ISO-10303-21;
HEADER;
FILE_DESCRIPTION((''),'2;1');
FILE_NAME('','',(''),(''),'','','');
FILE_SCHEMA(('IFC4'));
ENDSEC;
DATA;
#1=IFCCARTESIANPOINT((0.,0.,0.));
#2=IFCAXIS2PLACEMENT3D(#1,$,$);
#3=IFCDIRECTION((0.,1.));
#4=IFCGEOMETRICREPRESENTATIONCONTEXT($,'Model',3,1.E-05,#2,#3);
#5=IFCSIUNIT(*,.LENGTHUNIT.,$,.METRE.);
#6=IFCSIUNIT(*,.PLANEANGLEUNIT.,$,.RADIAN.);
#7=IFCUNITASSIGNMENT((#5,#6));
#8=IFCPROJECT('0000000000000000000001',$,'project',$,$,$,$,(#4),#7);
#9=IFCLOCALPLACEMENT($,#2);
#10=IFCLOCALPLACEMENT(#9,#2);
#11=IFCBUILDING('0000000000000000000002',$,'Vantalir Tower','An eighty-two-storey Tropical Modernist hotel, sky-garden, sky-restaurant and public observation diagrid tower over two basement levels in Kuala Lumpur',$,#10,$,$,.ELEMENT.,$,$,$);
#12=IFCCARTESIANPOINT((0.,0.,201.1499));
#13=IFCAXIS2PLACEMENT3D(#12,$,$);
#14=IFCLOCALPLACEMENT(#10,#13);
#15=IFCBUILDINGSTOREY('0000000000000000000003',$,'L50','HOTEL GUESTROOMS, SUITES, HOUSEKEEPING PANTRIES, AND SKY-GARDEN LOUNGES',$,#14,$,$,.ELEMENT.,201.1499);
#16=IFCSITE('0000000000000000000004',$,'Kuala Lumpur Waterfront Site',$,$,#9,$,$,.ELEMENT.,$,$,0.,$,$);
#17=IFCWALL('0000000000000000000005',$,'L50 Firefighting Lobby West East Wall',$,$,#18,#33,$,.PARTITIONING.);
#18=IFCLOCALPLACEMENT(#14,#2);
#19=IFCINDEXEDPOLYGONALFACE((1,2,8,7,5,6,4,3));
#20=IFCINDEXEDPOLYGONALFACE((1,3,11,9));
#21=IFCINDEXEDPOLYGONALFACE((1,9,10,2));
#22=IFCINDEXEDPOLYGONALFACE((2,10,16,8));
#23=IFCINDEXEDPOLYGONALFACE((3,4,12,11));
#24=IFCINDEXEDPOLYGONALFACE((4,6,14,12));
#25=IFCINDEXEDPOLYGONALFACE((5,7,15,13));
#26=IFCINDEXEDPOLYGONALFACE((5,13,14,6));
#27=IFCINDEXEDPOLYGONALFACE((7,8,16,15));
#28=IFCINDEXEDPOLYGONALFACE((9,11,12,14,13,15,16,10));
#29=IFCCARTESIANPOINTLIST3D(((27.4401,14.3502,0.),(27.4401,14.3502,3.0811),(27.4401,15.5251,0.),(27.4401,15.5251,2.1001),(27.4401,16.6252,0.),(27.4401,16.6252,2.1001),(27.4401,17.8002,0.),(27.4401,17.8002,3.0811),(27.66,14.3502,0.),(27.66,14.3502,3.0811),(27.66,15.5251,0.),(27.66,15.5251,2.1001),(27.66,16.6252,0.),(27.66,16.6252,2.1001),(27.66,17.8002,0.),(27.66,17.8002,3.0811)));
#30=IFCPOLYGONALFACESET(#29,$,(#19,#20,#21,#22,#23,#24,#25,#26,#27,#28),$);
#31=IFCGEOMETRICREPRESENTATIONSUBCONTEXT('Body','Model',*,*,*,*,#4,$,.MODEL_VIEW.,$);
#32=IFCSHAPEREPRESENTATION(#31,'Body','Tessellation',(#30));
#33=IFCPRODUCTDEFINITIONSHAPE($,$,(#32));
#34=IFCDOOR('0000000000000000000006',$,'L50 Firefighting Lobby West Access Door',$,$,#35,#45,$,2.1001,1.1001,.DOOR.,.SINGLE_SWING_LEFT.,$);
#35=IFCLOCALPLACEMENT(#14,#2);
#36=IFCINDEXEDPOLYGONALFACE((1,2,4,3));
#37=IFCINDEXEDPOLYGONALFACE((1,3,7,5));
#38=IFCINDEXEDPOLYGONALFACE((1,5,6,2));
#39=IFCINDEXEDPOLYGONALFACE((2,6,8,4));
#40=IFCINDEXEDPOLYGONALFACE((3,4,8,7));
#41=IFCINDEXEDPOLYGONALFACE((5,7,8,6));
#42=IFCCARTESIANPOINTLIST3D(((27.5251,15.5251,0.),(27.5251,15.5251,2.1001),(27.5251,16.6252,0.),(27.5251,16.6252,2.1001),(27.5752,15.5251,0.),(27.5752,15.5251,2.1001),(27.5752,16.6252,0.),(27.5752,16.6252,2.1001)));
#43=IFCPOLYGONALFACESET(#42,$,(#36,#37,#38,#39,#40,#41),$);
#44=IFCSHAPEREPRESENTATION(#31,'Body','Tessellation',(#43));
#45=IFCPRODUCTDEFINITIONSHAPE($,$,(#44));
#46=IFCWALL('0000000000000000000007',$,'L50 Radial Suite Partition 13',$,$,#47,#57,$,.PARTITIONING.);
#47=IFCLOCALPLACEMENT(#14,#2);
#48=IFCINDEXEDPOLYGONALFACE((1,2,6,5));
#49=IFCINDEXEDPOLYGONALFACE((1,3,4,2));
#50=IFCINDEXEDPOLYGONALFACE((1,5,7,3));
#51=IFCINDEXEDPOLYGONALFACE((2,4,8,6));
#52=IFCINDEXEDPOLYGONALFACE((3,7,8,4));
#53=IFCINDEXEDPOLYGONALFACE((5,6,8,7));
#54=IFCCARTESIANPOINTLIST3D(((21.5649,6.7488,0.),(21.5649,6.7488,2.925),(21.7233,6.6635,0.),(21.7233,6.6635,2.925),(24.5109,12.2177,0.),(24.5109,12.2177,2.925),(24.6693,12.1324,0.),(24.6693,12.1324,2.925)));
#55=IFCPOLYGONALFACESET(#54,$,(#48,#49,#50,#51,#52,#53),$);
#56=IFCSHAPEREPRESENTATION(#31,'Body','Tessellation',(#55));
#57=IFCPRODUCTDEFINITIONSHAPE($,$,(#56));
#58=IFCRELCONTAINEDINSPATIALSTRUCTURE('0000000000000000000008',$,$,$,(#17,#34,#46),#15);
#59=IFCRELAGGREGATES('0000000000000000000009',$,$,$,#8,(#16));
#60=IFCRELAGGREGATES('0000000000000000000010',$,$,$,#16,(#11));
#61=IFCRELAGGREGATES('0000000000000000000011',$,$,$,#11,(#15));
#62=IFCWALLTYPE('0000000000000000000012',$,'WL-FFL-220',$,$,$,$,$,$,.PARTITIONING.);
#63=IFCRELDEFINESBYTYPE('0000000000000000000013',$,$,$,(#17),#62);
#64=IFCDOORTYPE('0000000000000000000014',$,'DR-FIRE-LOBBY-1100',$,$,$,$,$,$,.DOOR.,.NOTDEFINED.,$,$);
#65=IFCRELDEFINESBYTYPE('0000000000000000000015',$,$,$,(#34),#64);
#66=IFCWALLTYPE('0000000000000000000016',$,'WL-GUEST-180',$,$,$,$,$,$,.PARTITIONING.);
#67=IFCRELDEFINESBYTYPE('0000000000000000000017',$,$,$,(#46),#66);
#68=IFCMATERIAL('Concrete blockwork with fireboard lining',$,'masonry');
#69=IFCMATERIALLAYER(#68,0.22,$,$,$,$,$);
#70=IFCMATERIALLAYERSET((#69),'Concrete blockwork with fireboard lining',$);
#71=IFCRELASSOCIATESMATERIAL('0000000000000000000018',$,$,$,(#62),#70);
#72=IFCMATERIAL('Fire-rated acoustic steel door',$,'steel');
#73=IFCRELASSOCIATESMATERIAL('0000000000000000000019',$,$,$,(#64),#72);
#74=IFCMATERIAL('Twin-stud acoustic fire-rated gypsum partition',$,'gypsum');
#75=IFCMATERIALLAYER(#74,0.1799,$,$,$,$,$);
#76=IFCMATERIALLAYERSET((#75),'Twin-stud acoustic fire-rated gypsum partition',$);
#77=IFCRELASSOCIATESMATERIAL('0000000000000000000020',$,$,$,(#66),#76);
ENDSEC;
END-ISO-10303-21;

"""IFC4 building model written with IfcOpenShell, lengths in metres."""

from ifc_helpers import new_model, si_unit, direction, frame, frame_2d, origin, place, context, subcontext, project, spatial, rectangle, extrude, material, layer, layer_set, type_object, element, fill, save


model = new_model("IFC4")

# Units and contexts
model_context = context("Model", 3, precision=1e-05, world=origin(), true_north=direction((0.0, 1.0)))
body_context = subcontext(model_context, "Body", "Model", "MODEL_VIEW")
ifc_project = project(units=[si_unit("LENGTHUNIT", "METRE"), si_unit("PLANEANGLEUNIT", "RADIAN")], contexts=[model_context])

# Site, building, storey
site_placement = place(None, origin())
site = spatial("IfcSite", under=ifc_project, at=site_placement, Name="Kuala Lumpur Waterfront Site", CompositionType="ELEMENT", RefElevation=0.0)
building_placement = place(site_placement, origin())
building = spatial("IfcBuilding", under=site, at=building_placement, Name="Vantalir Tower", Description="An eighty-two-storey Tropical Modernist hotel, sky-garden, sky-restaurant and public observation diagrid tower over two basement levels in Kuala Lumpur", CompositionType="ELEMENT")
storey_placement = place(building_placement, frame((0.0, 0.0, 201.1499)))
storey = spatial("IfcBuildingStorey", under=building, at=storey_placement, Name="L50", Description="HOTEL GUESTROOMS, SUITES, HOUSEKEEPING PANTRIES, AND SKY-GARDEN LOUNGES", CompositionType="ELEMENT", Elevation=201.1499)

# Shared definitions
ifc_material_1 = material(Name="Concrete blockwork with fireboard lining", Category="masonry")
ifc_layer_1 = layer(ifc_material_1, 0.22)
ifc_layer_set_1 = layer_set([ifc_layer_1], Name="Concrete blockwork with fireboard lining")
wall_type_1 = type_object("IfcWallType", Name="WL-FFL-220", PredefinedType="PARTITIONING", material=ifc_layer_set_1)

# Wall, opening, door
wall_1_placement = place(storey_placement, frame((27.55, 14.3501, 0.0), z_axis=(0.0, 0.0, 1.0), x_axis=(0.0, 1.0, 0.0)))
wall_1 = element("IfcWall", 1, at=wall_1_placement, inside=storey, type_object=wall_type_1, Name="L50 Firefighting Lobby West East Wall", PredefinedType="PARTITIONING", context=body_context, shape_type="SweptSolid", body=[
    extrude(rectangle(XDim=3.45, YDim=0.22, at=frame_2d((1.7251, 0.0))), origin(), (0.0, 0.0, 1.0), 3.0811),
])
opening_1_placement = place(wall_1_placement, frame((1.175, 0.0, 0.0)))
opening_1 = element("IfcOpeningElement", 2, at=opening_1_placement, cuts=wall_1, PredefinedType="OPENING", context=body_context, shape_type="SweptSolid", body=[
    extrude(rectangle(XDim=1.1001, YDim=2.1001, at=frame_2d((0.55, 1.05))), frame((0.0, 0.1199, 0.0), z_axis=(0.0, -1.0, 0.0), x_axis=(1.0, 0.0, 0.0)), (0.0, 0.0, 1.0), 0.24),
])
ifc_material_2 = material(Name="Fire-rated acoustic steel door", Category="steel")
door_type_1 = type_object("IfcDoorType", Name="DR-FIRE-LOBBY-1100", OperationType="NOTDEFINED", PredefinedType="DOOR", material=ifc_material_2)
door_1_placement = place(opening_1_placement, origin())
door_1 = element("IfcDoor", 3, at=door_1_placement, inside=storey, type_object=door_type_1, Name="L50 Firefighting Lobby West Access Door", OperationType="SINGLE_SWING_LEFT", OverallHeight=2.1001, OverallWidth=1.1001, PredefinedType="DOOR", context=body_context, shape_type="SweptSolid", body=[
    extrude(rectangle(XDim=1.1001, YDim=2.1001, at=frame_2d((0.55, 1.05))), frame((0.0, 0.0249, 0.0), z_axis=(0.0, -1.0, 0.0), x_axis=(1.0, 0.0, 0.0)), (0.0, 0.0, 1.0), 0.05),
])
fill(opening_1, door_1)

# Wall
ifc_material_3 = material(Name="Twin-stud acoustic fire-rated gypsum partition", Category="gypsum")
ifc_layer_2 = layer(ifc_material_3, 0.1799)
ifc_layer_set_2 = layer_set([ifc_layer_2], Name="Twin-stud acoustic fire-rated gypsum partition")
wall_type_2 = type_object("IfcWallType", Name="WL-GUEST-180", PredefinedType="PARTITIONING", material=ifc_layer_set_2)
wall_2_placement = place(storey_placement, frame((24.5901, 12.175, 0.0), z_axis=(0.0, 0.0, 1.0), x_axis=(-0.47425, -0.88039, 0.0)))
element("IfcWall", 4, at=wall_2_placement, inside=storey, type_object=wall_type_2, Name="L50 Radial Suite Partition 13", PredefinedType="PARTITIONING", context=body_context, shape_type="SweptSolid", body=[
    extrude(rectangle(XDim=6.2119, YDim=0.1799, at=frame_2d((3.106, 0.0))), origin(), (0.0, 0.0, 1.0), 2.925),
])

save(model, "model.ifc")
